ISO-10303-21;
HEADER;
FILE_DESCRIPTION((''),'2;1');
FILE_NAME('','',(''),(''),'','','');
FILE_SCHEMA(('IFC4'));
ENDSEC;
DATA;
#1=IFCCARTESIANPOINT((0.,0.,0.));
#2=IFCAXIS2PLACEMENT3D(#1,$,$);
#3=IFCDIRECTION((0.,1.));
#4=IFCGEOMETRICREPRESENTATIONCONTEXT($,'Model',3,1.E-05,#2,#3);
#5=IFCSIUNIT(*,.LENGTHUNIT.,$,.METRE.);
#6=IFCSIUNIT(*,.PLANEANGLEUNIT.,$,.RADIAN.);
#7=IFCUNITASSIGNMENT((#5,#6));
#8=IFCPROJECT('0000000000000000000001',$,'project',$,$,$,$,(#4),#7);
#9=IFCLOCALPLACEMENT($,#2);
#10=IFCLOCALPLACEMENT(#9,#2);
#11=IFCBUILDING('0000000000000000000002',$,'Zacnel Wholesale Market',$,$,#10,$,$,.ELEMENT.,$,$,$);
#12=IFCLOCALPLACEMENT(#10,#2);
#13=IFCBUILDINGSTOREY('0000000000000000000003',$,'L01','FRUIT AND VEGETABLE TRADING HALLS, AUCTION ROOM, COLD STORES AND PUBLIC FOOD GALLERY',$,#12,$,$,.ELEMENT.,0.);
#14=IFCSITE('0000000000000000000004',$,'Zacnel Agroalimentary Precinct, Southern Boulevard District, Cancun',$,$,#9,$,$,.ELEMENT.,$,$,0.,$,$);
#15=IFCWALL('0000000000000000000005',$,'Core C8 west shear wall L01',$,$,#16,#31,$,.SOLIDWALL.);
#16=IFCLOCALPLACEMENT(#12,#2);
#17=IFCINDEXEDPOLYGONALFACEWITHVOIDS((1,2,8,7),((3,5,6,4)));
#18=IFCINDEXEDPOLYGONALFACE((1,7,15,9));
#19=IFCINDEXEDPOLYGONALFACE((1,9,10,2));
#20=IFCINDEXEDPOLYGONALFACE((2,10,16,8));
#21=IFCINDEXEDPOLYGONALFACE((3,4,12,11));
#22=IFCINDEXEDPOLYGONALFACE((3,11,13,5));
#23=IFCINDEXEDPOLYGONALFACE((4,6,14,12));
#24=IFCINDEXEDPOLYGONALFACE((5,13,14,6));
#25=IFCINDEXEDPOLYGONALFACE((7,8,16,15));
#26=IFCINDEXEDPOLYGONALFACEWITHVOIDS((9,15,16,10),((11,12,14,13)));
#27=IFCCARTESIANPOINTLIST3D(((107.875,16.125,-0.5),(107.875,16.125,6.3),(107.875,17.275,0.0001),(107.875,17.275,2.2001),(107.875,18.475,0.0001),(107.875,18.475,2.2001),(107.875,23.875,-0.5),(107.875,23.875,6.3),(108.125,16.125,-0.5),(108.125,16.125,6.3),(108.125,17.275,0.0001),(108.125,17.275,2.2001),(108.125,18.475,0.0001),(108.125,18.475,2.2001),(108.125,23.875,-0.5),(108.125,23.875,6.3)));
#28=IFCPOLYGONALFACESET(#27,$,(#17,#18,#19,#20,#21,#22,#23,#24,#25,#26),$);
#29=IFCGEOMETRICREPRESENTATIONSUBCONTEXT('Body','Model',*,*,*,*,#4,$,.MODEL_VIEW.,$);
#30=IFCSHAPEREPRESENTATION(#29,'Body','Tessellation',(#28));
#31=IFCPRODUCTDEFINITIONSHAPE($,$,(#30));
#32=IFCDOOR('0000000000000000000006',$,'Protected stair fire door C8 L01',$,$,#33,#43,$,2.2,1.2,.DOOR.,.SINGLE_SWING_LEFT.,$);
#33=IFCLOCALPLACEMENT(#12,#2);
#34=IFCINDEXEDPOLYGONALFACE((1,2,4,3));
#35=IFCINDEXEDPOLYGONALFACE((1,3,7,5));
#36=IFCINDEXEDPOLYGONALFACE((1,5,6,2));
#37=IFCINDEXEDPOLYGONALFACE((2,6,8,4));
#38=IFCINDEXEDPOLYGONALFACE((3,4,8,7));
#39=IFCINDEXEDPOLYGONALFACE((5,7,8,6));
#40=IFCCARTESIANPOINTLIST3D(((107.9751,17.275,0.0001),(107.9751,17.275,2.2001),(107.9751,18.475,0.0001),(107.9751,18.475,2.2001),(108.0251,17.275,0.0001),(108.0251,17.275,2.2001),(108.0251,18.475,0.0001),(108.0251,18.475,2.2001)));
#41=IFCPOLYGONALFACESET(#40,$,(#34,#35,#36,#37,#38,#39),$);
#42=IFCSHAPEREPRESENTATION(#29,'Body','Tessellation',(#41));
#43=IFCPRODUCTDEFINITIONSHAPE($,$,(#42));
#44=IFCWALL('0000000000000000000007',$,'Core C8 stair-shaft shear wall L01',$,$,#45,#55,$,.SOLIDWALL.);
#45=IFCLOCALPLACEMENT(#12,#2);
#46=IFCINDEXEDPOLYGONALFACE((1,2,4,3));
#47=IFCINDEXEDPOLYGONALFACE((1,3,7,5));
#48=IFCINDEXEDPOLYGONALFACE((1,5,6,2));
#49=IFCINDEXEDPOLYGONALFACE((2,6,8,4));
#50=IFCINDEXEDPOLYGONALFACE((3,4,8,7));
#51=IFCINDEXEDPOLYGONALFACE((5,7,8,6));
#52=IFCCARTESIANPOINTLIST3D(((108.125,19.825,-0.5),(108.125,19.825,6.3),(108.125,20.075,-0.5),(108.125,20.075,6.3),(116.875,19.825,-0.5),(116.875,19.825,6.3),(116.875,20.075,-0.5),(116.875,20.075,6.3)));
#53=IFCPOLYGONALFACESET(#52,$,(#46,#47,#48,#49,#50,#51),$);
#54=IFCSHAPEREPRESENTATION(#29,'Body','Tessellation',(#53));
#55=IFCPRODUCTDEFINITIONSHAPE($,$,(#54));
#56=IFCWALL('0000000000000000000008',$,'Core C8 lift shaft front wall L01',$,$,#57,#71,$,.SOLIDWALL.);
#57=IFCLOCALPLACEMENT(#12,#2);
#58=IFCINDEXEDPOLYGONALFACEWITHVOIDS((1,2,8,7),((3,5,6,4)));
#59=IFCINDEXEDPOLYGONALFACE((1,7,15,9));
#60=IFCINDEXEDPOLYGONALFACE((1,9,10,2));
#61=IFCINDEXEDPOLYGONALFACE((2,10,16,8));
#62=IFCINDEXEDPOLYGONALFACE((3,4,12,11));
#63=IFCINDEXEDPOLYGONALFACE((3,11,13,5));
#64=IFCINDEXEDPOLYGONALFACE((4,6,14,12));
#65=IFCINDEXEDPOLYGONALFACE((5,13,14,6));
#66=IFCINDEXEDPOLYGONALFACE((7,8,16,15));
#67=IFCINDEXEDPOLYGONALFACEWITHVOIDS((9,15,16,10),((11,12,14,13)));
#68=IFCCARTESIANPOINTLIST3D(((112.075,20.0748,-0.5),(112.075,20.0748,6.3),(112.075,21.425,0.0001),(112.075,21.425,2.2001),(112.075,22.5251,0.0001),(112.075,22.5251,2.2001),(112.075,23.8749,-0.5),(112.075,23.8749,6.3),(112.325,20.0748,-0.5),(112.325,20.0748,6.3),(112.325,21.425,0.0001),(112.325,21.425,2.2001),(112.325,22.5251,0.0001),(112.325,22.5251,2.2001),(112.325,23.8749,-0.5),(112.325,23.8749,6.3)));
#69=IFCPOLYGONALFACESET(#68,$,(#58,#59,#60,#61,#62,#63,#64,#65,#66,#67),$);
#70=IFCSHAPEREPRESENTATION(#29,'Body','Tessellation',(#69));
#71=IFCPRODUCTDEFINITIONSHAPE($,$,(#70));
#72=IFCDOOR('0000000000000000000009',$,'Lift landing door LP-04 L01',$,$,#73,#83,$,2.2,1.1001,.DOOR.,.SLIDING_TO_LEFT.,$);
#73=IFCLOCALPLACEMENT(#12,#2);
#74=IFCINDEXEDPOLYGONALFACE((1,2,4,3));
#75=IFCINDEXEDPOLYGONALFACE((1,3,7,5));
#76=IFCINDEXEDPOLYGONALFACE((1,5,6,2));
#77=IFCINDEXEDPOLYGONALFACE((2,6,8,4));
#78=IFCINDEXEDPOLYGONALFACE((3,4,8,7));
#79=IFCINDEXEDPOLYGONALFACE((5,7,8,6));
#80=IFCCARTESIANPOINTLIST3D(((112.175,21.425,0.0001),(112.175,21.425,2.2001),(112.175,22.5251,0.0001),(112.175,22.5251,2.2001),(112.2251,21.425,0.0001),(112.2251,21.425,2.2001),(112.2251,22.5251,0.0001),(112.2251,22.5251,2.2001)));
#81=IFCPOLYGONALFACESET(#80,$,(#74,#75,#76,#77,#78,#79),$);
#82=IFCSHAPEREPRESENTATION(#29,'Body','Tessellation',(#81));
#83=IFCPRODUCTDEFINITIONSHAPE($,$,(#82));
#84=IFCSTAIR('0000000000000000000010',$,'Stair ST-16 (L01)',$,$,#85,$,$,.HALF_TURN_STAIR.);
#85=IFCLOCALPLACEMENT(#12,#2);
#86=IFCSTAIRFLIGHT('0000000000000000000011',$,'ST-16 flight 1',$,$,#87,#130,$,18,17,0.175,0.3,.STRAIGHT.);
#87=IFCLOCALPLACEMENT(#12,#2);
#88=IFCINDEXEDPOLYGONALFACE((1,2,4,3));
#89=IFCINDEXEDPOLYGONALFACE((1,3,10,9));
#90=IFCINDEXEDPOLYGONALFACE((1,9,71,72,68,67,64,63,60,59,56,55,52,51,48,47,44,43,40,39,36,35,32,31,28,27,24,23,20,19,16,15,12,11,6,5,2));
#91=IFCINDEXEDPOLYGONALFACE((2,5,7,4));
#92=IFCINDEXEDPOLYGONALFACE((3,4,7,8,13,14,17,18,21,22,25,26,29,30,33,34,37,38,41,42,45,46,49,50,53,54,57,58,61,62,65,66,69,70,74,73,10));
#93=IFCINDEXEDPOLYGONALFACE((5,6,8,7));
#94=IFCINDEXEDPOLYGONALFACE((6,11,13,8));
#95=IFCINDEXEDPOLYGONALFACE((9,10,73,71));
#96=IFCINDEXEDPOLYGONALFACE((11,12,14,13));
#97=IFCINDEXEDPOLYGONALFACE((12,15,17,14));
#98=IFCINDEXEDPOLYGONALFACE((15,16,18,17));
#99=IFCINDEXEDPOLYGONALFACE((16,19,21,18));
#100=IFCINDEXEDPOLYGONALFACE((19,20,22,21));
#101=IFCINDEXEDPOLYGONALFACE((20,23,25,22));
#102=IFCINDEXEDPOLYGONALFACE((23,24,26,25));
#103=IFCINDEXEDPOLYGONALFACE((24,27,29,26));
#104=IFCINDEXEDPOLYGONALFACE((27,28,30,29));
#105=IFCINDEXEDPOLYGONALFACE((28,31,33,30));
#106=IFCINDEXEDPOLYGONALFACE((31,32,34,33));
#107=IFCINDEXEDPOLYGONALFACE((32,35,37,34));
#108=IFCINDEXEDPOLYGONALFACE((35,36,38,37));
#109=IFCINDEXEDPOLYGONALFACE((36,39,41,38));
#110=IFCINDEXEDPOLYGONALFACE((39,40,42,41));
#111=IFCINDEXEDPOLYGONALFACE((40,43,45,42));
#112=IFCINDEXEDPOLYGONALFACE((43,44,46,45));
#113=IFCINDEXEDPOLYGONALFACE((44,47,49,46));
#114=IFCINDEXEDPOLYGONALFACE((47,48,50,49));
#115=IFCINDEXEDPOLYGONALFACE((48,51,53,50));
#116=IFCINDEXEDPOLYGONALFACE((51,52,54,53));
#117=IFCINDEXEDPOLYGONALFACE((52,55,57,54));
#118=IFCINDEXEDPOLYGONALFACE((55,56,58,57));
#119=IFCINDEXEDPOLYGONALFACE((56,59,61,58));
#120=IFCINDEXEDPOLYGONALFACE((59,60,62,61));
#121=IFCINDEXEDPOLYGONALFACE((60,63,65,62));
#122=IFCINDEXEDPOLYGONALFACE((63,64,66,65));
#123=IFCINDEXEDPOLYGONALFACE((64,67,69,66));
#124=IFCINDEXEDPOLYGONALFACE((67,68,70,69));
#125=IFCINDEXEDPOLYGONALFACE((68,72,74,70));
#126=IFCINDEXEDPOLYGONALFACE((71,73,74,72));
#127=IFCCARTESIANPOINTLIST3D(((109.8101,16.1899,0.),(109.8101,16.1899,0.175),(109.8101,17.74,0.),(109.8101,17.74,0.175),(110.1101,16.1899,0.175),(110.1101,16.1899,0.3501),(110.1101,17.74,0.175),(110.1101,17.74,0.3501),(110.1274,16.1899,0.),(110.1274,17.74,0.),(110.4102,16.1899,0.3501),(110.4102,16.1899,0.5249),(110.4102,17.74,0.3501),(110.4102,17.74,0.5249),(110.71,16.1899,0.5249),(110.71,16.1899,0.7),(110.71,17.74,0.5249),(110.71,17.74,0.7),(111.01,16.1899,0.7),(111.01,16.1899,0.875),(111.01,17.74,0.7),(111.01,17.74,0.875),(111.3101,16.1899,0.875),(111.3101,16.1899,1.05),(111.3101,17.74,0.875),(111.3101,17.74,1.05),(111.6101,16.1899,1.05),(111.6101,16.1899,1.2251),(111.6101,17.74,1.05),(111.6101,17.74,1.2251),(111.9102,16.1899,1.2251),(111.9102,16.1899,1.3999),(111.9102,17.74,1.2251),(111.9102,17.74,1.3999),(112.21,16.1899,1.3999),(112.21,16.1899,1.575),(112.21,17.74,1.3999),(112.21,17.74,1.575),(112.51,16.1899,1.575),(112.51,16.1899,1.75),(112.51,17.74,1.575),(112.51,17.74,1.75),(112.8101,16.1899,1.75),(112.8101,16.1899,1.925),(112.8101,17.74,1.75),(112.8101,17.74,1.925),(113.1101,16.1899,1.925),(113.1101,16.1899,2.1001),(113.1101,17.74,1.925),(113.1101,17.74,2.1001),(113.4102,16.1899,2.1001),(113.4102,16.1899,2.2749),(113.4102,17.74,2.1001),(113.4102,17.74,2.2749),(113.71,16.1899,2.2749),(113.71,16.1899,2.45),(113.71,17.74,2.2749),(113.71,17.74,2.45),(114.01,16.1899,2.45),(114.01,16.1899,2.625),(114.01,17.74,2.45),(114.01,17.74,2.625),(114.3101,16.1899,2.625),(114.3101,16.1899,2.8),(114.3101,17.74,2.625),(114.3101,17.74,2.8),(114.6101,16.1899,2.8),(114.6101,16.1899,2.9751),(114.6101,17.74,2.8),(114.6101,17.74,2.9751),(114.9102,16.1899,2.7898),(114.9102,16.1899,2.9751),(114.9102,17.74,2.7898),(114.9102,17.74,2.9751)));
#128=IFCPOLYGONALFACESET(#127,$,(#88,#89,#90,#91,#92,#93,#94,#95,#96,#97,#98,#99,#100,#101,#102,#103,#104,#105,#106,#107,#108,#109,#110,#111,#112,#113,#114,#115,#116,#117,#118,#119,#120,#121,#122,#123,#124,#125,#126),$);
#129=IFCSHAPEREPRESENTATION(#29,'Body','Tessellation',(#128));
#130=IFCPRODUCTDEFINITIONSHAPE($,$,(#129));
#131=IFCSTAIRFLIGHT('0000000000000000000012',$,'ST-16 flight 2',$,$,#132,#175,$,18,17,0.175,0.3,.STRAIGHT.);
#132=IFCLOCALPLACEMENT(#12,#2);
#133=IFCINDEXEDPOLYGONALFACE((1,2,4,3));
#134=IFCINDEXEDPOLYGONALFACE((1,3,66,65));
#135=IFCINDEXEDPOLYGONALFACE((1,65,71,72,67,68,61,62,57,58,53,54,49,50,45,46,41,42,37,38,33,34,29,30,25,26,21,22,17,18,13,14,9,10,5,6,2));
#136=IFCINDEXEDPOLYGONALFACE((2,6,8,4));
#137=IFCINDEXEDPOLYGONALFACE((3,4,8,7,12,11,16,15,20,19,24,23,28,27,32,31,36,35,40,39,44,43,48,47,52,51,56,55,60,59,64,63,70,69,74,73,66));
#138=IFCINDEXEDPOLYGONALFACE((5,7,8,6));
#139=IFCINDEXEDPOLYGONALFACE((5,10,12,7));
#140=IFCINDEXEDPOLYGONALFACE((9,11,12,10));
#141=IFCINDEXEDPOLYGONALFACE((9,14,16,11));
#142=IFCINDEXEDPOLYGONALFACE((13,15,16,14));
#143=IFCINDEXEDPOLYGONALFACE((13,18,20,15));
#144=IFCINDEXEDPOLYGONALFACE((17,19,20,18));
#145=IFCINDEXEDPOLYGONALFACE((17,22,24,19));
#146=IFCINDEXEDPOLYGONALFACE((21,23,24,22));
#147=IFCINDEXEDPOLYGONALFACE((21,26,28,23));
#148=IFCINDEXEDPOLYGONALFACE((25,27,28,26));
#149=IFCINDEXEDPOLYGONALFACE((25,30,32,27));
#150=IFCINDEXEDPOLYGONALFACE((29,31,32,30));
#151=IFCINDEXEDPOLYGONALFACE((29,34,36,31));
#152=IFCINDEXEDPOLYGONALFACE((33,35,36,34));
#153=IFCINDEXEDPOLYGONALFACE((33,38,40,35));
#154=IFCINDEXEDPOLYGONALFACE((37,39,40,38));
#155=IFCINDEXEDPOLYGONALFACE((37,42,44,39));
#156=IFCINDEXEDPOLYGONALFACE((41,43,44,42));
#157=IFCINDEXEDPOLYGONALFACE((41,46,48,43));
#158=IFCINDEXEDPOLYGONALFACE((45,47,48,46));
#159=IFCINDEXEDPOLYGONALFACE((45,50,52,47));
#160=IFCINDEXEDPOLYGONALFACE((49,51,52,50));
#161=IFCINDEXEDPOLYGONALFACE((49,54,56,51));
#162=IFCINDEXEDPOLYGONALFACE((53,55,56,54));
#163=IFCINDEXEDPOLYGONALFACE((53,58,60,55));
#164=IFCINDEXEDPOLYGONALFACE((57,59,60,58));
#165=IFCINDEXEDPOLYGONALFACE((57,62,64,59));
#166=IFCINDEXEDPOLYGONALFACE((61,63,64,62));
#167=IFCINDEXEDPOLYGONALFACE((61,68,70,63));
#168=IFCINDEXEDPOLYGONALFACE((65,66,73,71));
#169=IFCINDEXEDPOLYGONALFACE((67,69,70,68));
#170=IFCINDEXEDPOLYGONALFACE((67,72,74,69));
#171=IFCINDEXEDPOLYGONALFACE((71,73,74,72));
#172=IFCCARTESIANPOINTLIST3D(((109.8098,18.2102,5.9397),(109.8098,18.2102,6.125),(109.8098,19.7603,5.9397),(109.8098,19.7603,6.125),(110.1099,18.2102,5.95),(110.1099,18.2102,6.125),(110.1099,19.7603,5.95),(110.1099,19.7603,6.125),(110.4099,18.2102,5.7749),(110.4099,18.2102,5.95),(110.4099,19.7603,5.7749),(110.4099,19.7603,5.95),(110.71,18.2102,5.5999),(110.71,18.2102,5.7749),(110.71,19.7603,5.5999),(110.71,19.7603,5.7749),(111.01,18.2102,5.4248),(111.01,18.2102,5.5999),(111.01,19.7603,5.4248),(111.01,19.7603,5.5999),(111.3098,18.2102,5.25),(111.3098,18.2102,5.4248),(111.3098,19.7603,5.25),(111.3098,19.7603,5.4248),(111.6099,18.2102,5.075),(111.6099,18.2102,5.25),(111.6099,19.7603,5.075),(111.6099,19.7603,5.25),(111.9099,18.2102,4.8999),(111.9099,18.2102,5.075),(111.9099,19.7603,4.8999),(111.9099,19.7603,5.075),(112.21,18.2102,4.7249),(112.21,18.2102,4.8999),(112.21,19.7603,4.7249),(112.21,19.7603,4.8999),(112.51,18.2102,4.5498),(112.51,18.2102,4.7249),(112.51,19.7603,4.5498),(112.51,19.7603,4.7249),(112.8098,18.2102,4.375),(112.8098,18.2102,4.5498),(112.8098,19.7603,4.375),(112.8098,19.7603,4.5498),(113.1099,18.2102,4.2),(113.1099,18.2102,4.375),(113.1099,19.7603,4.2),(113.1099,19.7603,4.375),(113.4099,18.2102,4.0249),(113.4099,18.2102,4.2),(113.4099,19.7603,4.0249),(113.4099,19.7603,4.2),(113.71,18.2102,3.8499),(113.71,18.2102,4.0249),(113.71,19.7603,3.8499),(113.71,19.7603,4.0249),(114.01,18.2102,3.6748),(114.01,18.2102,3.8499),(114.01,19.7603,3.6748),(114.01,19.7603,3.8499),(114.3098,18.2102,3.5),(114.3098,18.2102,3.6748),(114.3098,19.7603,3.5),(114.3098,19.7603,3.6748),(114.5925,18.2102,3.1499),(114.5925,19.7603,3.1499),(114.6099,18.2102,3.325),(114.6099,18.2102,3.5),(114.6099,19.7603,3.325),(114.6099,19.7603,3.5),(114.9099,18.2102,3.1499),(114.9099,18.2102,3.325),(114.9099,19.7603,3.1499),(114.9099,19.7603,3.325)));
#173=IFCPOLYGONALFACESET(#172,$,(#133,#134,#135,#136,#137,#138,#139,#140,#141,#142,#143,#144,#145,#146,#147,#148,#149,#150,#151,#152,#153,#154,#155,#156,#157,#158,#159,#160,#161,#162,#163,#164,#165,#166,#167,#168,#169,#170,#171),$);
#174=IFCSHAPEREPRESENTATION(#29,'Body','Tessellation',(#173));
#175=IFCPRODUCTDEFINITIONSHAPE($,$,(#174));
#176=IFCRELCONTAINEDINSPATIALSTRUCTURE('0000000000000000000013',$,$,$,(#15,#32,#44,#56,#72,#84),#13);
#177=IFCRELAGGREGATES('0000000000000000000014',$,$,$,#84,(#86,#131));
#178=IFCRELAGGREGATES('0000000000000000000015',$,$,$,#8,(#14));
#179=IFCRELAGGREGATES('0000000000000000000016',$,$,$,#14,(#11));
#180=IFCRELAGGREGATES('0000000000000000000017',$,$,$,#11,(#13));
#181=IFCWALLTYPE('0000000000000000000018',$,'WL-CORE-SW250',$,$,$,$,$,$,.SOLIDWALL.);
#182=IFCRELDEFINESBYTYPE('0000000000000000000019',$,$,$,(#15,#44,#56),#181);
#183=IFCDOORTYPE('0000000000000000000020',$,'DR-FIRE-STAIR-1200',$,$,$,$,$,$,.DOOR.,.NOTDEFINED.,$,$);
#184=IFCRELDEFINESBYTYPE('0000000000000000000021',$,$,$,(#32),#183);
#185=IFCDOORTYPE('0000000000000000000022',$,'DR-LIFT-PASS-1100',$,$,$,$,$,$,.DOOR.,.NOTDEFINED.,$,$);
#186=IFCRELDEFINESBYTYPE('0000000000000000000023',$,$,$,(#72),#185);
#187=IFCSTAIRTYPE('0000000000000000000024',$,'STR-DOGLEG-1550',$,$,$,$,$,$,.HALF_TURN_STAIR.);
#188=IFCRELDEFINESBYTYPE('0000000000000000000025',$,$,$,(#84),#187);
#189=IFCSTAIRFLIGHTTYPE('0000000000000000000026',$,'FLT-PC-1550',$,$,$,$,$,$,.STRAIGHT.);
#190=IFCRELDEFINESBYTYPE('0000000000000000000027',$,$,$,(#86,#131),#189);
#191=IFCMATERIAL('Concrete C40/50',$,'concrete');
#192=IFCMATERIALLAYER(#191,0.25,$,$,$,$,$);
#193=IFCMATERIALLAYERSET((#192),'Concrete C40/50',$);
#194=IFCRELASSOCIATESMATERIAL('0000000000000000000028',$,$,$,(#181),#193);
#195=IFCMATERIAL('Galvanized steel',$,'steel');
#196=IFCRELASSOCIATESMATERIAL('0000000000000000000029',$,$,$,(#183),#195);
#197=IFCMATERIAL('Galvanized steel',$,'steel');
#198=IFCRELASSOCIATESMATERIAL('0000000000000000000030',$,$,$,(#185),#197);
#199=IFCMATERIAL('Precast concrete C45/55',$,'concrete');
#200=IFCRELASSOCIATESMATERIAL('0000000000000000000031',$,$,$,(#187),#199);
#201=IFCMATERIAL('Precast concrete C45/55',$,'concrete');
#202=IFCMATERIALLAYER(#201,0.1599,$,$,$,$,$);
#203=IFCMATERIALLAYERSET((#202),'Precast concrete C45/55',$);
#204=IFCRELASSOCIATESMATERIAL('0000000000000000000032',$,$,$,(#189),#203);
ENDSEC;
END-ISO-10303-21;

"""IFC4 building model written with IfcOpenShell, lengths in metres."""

from ifc_helpers import new_model, si_unit, direction, frame, frame_2d, origin, place, context, subcontext, project, spatial, polyline, rectangle, outline, extrude, material, layer, layer_set, type_object, element, fill, aggregate, save


model = new_model("IFC4")

# Units and contexts
model_context = context("Model", 3, precision=1e-05, world=origin(), true_north=direction((0.0, 1.0)))
body_context = subcontext(model_context, "Body", "Model", "MODEL_VIEW")
ifc_project = project(units=[si_unit("LENGTHUNIT", "METRE"), si_unit("PLANEANGLEUNIT", "RADIAN")], contexts=[model_context])

# Site, building, storey
site_placement = place(None, origin())
site = spatial("IfcSite", under=ifc_project, at=site_placement, Name="Zacnel Agroalimentary Precinct, Southern Boulevard District, Cancun", CompositionType="ELEMENT", RefElevation=0.0)
building_placement = place(site_placement, origin())
building = spatial("IfcBuilding", under=site, at=building_placement, Name="Zacnel Wholesale Market", CompositionType="ELEMENT")
storey_placement = place(building_placement, origin())
storey = spatial("IfcBuildingStorey", under=building, at=storey_placement, Name="L01", Description="FRUIT AND VEGETABLE TRADING HALLS, AUCTION ROOM, COLD STORES AND PUBLIC FOOD GALLERY", CompositionType="ELEMENT", Elevation=0.0)

# Wall, opening, door
ifc_material_1 = material(Name="Concrete C40/50", Category="concrete")
ifc_layer_1 = layer(ifc_material_1, 0.25)
ifc_layer_set_1 = layer_set([ifc_layer_1], Name="Concrete C40/50")
wall_type_1 = type_object("IfcWallType", Name="WL-CORE-SW250", PredefinedType="SOLIDWALL", material=ifc_layer_set_1)
wall_1_placement = place(storey_placement, frame((108.0, 16.125, -0.5), z_axis=(0.0, 0.0, 1.0), x_axis=(0.0, 1.0, 0.0)))
wall_1 = element("IfcWall", 1, at=wall_1_placement, inside=storey, type_object=wall_type_1, Name="Core C8 west shear wall L01", PredefinedType="SOLIDWALL", context=body_context, shape_type="SweptSolid", body=[
    extrude(rectangle(XDim=7.75, YDim=0.25, at=frame_2d((3.875, 0.0))), origin(), (0.0, 0.0, 1.0), 6.8),
])
opening_1_placement = place(wall_1_placement, frame((1.1499, 0.0, 0.5)))
opening_1 = element("IfcOpeningElement", 2, at=opening_1_placement, cuts=wall_1, PredefinedType="OPENING", context=body_context, shape_type="SweptSolid", body=[
    extrude(rectangle(XDim=1.2, YDim=2.2, at=frame_2d((0.6001, 1.1001))), frame((0.0, 0.135, 0.0), z_axis=(0.0, -1.0, 0.0), x_axis=(1.0, 0.0, 0.0)), (0.0, 0.0, 1.0), 0.27),
])
ifc_material_2 = material(Name="Galvanized steel", Category="steel")
door_type_1 = type_object("IfcDoorType", Name="DR-FIRE-STAIR-1200", OperationType="NOTDEFINED", PredefinedType="DOOR", material=ifc_material_2)
door_1_placement = place(opening_1_placement, origin())
door_1 = element("IfcDoor", 3, at=door_1_placement, inside=storey, type_object=door_type_1, Name="Protected stair fire door C8 L01", OperationType="SINGLE_SWING_LEFT", OverallHeight=2.2, OverallWidth=1.2, PredefinedType="DOOR", context=body_context, shape_type="SweptSolid", body=[
    extrude(rectangle(XDim=1.2, YDim=2.2, at=frame_2d((0.6001, 1.1001))), frame((0.0, 0.0249, 0.0), z_axis=(0.0, -1.0, 0.0), x_axis=(1.0, 0.0, 0.0)), (0.0, 0.0, 1.0), 0.05),
])
fill(opening_1, door_1)

# Wall
wall_2_placement = place(storey_placement, frame((108.125, 19.95, -0.5), z_axis=(0.0, 0.0, 1.0), x_axis=(1.0, 0.0, 0.0)))
element("IfcWall", 4, at=wall_2_placement, inside=storey, type_object=wall_type_1, Name="Core C8 stair-shaft shear wall L01", PredefinedType="SOLIDWALL", context=body_context, shape_type="SweptSolid", body=[
    extrude(rectangle(XDim=8.75, YDim=0.25, at=frame_2d((4.375, 0.0))), origin(), (0.0, 0.0, 1.0), 6.8),
])

# Wall, opening, door
wall_3_placement = place(storey_placement, frame((112.2, 20.075, -0.5), z_axis=(0.0, 0.0, 1.0), x_axis=(0.0, 1.0, 0.0)))
wall_3 = element("IfcWall", 5, at=wall_3_placement, inside=storey, type_object=wall_type_1, Name="Core C8 lift shaft front wall L01", PredefinedType="SOLIDWALL", context=body_context, shape_type="SweptSolid", body=[
    extrude(rectangle(XDim=3.8, YDim=0.25, at=frame_2d((1.8999, 0.0))), origin(), (0.0, 0.0, 1.0), 6.8),
])
opening_2_placement = place(wall_3_placement, frame((1.3501, 0.0, 0.5)))
opening_2 = element("IfcOpeningElement", 6, at=opening_2_placement, cuts=wall_3, PredefinedType="OPENING", context=body_context, shape_type="SweptSolid", body=[
    extrude(rectangle(XDim=1.1001, YDim=2.2, at=frame_2d((0.55, 1.1001))), frame((0.0, 0.135, 0.0), z_axis=(0.0, -1.0, 0.0), x_axis=(1.0, 0.0, 0.0)), (0.0, 0.0, 1.0), 0.27),
])
ifc_material_3 = material(Name="Galvanized steel", Category="steel")
door_type_2 = type_object("IfcDoorType", Name="DR-LIFT-PASS-1100", OperationType="NOTDEFINED", PredefinedType="DOOR", material=ifc_material_3)
door_2_placement = place(opening_2_placement, origin())
door_2 = element("IfcDoor", 7, at=door_2_placement, inside=storey, type_object=door_type_2, Name="Lift landing door LP-04 L01", OperationType="SLIDING_TO_LEFT", OverallHeight=2.2, OverallWidth=1.1001, PredefinedType="DOOR", context=body_context, shape_type="SweptSolid", body=[
    extrude(rectangle(XDim=1.1001, YDim=2.2, at=frame_2d((0.55, 1.1001))), frame((0.0, 0.0249, 0.0), z_axis=(0.0, -1.0, 0.0), x_axis=(1.0, 0.0, 0.0)), (0.0, 0.0, 1.0), 0.05),
])
fill(opening_2, door_2)

# Stair, stair flights
ifc_material_4 = material(Name="Precast concrete C45/55", Category="concrete")
stair_type = type_object("IfcStairType", Name="STR-DOGLEG-1550", PredefinedType="HALF_TURN_STAIR", material=ifc_material_4)
stair_placement = place(storey_placement, origin())
stair = element("IfcStair", 8, at=stair_placement, inside=storey, type_object=stair_type, Name="Stair ST-16 (L01)", PredefinedType="HALF_TURN_STAIR")
ifc_material_5 = material(Name="Precast concrete C45/55", Category="concrete")
ifc_layer_2 = layer(ifc_material_5, 0.1599)
ifc_layer_set_2 = layer_set([ifc_layer_2], Name="Precast concrete C45/55")
stair_flight_type = type_object("IfcStairFlightType", Name="FLT-PC-1550", PredefinedType="STRAIGHT", material=ifc_layer_set_2)
stair_flight_1_placement = place(storey_placement, frame((109.8101, 16.9651, 0.0), z_axis=(0.0, 0.0, 1.0), x_axis=(1.0, 0.0, 0.0)))
stair_flight_1 = element("IfcStairFlight", 9, at=stair_flight_1_placement, type_object=stair_flight_type, Name="ST-16 flight 1", NumberOfRisers=18, NumberOfTreads=17, PredefinedType="STRAIGHT", RiserHeight=0.175, TreadLength=0.3, context=body_context, shape_type="SweptSolid", body=[
    extrude(outline(polyline([(0.0, 0.0), (0.0, 0.175), (0.3, 0.175), (0.3, 0.3501), (0.6001, 0.3501), (0.6001, 0.5249), (0.8999, 0.5249), (0.8999, 0.7), (1.2, 0.7), (1.2, 0.875), (1.5, 0.875), (1.5, 1.05), (1.8, 1.05), (1.8, 1.2251), (2.1001, 1.2251), (2.1001, 1.3999), (2.3999, 1.3999), (2.3999, 1.575), (2.7, 1.575), (2.7, 1.75), (3.0, 1.75), (3.0, 1.925), (3.3, 1.925), (3.3, 2.1001), (3.6001, 2.1001), (3.6001, 2.2749), (3.8999, 2.2749), (3.8999, 2.45), (4.2, 2.45), (4.2, 2.625), (4.5, 2.625), (4.5, 2.8), (4.8, 2.8), (4.8, 2.9751), (5.1001, 2.9751), (5.1001, 3.1499), (5.1001, 2.7898), (0.3174, 0.0), (0.0, 0.0)])), frame((0.0, 0.7749, 0.0), z_axis=(0.0, -1.0, 0.0), x_axis=(1.0, 0.0, 0.0)), (0.0, 0.0, 1.0), 1.55),
])
stair_flight_2_placement = place(storey_placement, frame((114.9099, 18.9851, 3.1499), z_axis=(0.0, 0.0, 1.0), x_axis=(-1.0, 0.0, 0.0)))
stair_flight_2 = element("IfcStairFlight", 10, at=stair_flight_2_placement, type_object=stair_flight_type, Name="ST-16 flight 2", NumberOfRisers=18, NumberOfTreads=17, PredefinedType="STRAIGHT", RiserHeight=0.175, TreadLength=0.3, context=body_context, shape_type="SweptSolid", body=[
    extrude(outline(polyline([(0.0, 0.0), (0.0, 0.175), (0.3, 0.175), (0.3, 0.3501), (0.6001, 0.3501), (0.6001, 0.5249), (0.8999, 0.5249), (0.8999, 0.7), (1.2, 0.7), (1.2, 0.875), (1.5, 0.875), (1.5, 1.05), (1.8, 1.05), (1.8, 1.2251), (2.1001, 1.2251), (2.1001, 1.3999), (2.3999, 1.3999), (2.3999, 1.575), (2.7, 1.575), (2.7, 1.75), (3.0, 1.75), (3.0, 1.925), (3.3, 1.925), (3.3, 2.1001), (3.6001, 2.1001), (3.6001, 2.2749), (3.8999, 2.2749), (3.8999, 2.45), (4.2, 2.45), (4.2, 2.625), (4.5, 2.625), (4.5, 2.8), (4.8, 2.8), (4.8, 2.9751), (5.1001, 2.9751), (5.1001, 3.1499), (5.1001, 2.7898), (0.3174, 0.0), (0.0, 0.0)])), frame((0.0, 0.7749, 0.0), z_axis=(0.0, -1.0, 0.0), x_axis=(1.0, 0.0, 0.0)), (0.0, 0.0, 1.0), 1.55),
])
aggregate(stair, [stair_flight_1, stair_flight_2])

save(model, "model.ifc")
